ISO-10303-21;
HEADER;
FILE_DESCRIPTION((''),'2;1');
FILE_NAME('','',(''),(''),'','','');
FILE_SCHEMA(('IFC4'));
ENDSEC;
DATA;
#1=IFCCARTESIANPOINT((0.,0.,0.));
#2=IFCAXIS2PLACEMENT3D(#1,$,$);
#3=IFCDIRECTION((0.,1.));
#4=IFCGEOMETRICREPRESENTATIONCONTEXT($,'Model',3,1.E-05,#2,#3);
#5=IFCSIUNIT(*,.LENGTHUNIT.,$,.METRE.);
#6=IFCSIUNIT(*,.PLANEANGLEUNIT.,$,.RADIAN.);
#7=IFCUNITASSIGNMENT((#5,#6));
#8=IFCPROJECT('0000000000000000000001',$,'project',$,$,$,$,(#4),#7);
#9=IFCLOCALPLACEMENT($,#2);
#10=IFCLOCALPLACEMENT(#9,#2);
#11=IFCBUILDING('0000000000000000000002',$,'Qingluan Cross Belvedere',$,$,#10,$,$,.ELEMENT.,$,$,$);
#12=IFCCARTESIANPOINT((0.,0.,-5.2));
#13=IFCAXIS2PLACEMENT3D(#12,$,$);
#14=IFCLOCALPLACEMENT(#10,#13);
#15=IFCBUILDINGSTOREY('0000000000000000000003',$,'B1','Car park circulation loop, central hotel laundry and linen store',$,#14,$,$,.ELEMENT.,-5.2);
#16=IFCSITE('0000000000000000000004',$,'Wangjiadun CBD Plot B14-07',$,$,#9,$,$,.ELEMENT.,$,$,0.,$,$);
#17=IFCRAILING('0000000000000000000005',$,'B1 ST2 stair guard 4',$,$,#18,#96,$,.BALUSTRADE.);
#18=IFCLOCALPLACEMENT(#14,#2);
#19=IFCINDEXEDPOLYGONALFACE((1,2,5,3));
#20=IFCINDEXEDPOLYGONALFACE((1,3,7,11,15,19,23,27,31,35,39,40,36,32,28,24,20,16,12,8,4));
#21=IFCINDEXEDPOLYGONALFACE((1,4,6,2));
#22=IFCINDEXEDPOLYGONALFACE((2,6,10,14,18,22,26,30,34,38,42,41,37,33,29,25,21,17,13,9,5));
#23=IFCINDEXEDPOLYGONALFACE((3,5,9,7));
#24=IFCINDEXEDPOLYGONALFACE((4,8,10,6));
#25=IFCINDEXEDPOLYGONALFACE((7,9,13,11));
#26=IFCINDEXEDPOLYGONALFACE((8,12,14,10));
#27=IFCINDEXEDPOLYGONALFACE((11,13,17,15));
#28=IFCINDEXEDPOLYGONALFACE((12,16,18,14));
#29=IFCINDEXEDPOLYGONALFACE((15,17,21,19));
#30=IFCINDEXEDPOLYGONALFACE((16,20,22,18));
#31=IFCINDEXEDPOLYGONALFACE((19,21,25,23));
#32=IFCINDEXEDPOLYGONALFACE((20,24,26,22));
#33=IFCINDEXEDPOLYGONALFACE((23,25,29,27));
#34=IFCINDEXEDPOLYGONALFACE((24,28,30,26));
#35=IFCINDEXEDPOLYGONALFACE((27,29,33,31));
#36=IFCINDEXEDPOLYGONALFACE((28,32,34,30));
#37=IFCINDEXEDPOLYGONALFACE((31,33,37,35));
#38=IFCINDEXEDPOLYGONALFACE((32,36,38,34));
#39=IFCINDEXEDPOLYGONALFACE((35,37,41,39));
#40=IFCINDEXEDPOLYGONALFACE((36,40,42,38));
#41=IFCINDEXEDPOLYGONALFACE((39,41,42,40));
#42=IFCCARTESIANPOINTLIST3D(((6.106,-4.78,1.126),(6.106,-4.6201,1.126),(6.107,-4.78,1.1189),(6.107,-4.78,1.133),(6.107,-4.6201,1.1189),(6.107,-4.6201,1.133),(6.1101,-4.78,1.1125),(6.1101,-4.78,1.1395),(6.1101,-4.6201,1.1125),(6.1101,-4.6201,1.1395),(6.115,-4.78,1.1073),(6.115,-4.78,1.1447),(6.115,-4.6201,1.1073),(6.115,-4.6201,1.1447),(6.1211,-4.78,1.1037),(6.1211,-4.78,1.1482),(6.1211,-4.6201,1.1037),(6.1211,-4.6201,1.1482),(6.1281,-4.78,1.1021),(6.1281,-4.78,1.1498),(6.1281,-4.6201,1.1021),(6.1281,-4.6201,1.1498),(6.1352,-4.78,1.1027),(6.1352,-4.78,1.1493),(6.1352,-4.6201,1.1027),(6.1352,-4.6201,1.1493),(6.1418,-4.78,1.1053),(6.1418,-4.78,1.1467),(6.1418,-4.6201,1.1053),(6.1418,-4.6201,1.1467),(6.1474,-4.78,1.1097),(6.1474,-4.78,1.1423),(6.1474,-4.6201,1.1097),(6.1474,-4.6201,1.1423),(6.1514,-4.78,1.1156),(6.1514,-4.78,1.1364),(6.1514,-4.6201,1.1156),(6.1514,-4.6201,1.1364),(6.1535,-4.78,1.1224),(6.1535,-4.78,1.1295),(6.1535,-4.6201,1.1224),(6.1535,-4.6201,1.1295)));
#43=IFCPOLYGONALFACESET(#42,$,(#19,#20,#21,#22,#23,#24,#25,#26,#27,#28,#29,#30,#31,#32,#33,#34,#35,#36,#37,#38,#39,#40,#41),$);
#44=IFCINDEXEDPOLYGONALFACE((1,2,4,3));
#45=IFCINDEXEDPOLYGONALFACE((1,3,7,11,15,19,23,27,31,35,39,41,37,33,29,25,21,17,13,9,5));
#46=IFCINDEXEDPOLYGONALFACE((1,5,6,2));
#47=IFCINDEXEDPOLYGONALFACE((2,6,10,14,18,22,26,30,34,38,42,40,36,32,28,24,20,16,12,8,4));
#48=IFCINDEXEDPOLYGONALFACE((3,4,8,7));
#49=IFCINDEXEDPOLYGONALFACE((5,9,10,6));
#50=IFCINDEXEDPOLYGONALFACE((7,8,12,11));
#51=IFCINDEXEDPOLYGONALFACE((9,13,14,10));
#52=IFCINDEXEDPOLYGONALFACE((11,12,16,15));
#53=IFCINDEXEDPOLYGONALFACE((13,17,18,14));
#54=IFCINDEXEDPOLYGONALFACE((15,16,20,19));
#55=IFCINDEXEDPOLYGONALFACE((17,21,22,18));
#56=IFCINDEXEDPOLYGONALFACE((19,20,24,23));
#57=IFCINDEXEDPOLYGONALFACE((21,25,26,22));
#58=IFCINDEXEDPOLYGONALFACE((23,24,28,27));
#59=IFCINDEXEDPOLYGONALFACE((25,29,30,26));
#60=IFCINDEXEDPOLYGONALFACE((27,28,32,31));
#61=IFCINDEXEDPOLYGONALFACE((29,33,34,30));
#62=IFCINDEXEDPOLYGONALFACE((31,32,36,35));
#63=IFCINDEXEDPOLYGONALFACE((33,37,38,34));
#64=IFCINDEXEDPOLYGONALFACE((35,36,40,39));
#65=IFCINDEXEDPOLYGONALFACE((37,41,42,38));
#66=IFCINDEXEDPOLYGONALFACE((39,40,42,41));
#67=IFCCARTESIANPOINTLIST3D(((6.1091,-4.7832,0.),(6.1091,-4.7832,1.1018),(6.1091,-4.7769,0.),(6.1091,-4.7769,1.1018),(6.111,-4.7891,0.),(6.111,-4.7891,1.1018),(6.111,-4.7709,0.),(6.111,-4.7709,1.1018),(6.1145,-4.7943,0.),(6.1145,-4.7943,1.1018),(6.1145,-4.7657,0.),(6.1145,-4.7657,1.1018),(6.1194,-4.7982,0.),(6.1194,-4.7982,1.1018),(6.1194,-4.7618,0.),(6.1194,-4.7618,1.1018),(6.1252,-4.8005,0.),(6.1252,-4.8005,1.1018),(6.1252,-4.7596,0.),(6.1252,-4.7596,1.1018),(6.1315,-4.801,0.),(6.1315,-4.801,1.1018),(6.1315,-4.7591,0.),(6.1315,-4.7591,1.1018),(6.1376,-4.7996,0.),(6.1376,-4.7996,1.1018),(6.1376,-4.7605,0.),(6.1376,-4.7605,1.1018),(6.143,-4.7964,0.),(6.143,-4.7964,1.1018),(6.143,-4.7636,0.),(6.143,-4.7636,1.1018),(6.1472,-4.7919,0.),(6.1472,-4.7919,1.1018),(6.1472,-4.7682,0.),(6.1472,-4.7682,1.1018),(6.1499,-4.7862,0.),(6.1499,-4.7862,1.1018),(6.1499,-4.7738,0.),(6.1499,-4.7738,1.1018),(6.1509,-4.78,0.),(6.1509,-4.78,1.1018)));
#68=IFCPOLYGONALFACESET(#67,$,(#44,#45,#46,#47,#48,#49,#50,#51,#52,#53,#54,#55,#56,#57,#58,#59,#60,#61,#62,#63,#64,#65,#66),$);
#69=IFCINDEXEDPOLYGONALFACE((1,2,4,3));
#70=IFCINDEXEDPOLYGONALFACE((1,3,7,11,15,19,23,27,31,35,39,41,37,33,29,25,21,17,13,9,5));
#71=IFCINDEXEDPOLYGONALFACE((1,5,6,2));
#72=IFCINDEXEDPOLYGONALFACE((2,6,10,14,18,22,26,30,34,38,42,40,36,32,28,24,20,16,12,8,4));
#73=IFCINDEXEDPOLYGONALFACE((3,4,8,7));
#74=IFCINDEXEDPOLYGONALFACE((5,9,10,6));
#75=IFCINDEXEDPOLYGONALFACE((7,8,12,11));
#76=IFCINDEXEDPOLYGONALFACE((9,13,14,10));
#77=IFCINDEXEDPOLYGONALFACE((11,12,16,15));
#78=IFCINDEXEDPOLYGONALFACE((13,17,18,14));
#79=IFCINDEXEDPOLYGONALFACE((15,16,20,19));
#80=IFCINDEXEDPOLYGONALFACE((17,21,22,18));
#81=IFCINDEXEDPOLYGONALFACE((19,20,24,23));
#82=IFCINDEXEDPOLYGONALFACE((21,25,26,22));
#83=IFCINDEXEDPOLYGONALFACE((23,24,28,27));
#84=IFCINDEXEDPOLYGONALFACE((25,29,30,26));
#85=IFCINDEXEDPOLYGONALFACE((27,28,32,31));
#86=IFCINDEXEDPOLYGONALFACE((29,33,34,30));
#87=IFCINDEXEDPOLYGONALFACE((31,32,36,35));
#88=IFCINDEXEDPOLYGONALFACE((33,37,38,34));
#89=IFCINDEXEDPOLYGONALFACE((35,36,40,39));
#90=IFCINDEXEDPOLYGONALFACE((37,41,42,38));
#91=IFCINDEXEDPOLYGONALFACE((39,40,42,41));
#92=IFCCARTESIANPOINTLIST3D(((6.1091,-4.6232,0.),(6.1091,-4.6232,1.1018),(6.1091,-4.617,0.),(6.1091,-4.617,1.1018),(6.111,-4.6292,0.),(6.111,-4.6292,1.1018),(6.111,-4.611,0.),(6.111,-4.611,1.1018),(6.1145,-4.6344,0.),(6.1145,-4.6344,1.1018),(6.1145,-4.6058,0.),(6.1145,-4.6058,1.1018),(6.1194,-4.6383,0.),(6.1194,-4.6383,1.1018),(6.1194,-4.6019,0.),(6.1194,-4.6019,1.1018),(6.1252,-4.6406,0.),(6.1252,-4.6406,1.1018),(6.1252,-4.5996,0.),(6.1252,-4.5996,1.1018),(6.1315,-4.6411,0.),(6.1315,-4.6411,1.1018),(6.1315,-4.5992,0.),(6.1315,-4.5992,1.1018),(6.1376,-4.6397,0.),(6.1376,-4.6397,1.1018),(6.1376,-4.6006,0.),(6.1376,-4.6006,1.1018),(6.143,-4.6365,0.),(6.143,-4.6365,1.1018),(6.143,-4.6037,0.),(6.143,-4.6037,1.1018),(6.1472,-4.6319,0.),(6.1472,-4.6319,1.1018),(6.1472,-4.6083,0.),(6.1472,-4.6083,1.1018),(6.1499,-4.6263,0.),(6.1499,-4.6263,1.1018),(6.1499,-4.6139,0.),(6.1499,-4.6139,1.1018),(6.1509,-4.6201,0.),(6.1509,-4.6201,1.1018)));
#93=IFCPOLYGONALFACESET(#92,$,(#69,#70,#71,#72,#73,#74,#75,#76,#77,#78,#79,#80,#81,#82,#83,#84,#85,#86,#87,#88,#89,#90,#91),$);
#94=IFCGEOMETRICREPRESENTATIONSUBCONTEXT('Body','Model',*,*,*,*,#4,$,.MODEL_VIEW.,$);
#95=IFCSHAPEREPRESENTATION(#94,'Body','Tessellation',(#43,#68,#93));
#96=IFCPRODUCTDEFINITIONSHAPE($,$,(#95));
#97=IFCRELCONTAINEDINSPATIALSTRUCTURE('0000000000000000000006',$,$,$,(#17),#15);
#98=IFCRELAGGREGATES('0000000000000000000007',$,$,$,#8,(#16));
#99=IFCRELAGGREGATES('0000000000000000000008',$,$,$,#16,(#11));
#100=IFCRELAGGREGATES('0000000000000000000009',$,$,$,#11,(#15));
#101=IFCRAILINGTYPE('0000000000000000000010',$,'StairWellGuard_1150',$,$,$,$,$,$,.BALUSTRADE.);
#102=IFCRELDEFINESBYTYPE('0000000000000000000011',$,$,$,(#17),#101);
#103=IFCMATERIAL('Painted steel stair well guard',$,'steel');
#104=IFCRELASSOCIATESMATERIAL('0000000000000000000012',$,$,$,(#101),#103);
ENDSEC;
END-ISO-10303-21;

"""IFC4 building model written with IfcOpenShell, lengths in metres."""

from ifc_helpers import new_model, si_unit, direction, frame, origin, origin_2d, place, context, subcontext, project, spatial, circle, extrude, material, type_object, element, save


model = new_model("IFC4")

# Units and contexts
model_context = context("Model", 3, precision=1e-05, world=origin(), true_north=direction((0.0, 1.0)))
body_context = subcontext(model_context, "Body", "Model", "MODEL_VIEW")
ifc_project = project(units=[si_unit("LENGTHUNIT", "METRE"), si_unit("PLANEANGLEUNIT", "RADIAN")], contexts=[model_context])

# Site, building, storey
site_placement = place(None, origin())
site = spatial("IfcSite", under=ifc_project, at=site_placement, Name="Wangjiadun CBD Plot B14-07", CompositionType="ELEMENT", RefElevation=0.0)
building_placement = place(site_placement, origin())
building = spatial("IfcBuilding", under=site, at=building_placement, Name="Qingluan Cross Belvedere", CompositionType="ELEMENT")
storey_placement = place(building_placement, frame((0.0, 0.0, -5.2)))
storey = spatial("IfcBuildingStorey", under=building, at=storey_placement, Name="B1", Description="Car park circulation loop, central hotel laundry and linen store", CompositionType="ELEMENT", Elevation=-5.2)

# Railing
ifc_material_1 = material(Name="Painted steel stair well guard", Category="steel")
railing_type_1 = type_object("IfcRailingType", Name="StairWellGuard_1150", PredefinedType="BALUSTRADE", material=ifc_material_1)
railing_1_placement = place(storey_placement, frame((6.1299, -4.78, 0.0)))
element("IfcRailing", 1, at=railing_1_placement, inside=storey, type_object=railing_type_1, Name="B1 ST2 stair guard 4", PredefinedType="BALUSTRADE", context=body_context, shape_type="SweptSolid", body=[
    extrude(circle(Radius=0.0239, at=origin_2d()), frame((0.0, 0.0, 1.126), z_axis=(0.0, 1.0, 0.0), x_axis=(-1.0, 0.0, 0.0)), (0.0, 0.0, 1.0), 0.1599),
    extrude(circle(Radius=0.021, at=origin_2d()), origin(), (0.0, 0.0, 1.0), 1.1018),
    extrude(circle(Radius=0.021, at=origin_2d()), frame((0.0, 0.1599, 0.0)), (0.0, 0.0, 1.0), 1.1018),
])

save(model, "model.ifc")
